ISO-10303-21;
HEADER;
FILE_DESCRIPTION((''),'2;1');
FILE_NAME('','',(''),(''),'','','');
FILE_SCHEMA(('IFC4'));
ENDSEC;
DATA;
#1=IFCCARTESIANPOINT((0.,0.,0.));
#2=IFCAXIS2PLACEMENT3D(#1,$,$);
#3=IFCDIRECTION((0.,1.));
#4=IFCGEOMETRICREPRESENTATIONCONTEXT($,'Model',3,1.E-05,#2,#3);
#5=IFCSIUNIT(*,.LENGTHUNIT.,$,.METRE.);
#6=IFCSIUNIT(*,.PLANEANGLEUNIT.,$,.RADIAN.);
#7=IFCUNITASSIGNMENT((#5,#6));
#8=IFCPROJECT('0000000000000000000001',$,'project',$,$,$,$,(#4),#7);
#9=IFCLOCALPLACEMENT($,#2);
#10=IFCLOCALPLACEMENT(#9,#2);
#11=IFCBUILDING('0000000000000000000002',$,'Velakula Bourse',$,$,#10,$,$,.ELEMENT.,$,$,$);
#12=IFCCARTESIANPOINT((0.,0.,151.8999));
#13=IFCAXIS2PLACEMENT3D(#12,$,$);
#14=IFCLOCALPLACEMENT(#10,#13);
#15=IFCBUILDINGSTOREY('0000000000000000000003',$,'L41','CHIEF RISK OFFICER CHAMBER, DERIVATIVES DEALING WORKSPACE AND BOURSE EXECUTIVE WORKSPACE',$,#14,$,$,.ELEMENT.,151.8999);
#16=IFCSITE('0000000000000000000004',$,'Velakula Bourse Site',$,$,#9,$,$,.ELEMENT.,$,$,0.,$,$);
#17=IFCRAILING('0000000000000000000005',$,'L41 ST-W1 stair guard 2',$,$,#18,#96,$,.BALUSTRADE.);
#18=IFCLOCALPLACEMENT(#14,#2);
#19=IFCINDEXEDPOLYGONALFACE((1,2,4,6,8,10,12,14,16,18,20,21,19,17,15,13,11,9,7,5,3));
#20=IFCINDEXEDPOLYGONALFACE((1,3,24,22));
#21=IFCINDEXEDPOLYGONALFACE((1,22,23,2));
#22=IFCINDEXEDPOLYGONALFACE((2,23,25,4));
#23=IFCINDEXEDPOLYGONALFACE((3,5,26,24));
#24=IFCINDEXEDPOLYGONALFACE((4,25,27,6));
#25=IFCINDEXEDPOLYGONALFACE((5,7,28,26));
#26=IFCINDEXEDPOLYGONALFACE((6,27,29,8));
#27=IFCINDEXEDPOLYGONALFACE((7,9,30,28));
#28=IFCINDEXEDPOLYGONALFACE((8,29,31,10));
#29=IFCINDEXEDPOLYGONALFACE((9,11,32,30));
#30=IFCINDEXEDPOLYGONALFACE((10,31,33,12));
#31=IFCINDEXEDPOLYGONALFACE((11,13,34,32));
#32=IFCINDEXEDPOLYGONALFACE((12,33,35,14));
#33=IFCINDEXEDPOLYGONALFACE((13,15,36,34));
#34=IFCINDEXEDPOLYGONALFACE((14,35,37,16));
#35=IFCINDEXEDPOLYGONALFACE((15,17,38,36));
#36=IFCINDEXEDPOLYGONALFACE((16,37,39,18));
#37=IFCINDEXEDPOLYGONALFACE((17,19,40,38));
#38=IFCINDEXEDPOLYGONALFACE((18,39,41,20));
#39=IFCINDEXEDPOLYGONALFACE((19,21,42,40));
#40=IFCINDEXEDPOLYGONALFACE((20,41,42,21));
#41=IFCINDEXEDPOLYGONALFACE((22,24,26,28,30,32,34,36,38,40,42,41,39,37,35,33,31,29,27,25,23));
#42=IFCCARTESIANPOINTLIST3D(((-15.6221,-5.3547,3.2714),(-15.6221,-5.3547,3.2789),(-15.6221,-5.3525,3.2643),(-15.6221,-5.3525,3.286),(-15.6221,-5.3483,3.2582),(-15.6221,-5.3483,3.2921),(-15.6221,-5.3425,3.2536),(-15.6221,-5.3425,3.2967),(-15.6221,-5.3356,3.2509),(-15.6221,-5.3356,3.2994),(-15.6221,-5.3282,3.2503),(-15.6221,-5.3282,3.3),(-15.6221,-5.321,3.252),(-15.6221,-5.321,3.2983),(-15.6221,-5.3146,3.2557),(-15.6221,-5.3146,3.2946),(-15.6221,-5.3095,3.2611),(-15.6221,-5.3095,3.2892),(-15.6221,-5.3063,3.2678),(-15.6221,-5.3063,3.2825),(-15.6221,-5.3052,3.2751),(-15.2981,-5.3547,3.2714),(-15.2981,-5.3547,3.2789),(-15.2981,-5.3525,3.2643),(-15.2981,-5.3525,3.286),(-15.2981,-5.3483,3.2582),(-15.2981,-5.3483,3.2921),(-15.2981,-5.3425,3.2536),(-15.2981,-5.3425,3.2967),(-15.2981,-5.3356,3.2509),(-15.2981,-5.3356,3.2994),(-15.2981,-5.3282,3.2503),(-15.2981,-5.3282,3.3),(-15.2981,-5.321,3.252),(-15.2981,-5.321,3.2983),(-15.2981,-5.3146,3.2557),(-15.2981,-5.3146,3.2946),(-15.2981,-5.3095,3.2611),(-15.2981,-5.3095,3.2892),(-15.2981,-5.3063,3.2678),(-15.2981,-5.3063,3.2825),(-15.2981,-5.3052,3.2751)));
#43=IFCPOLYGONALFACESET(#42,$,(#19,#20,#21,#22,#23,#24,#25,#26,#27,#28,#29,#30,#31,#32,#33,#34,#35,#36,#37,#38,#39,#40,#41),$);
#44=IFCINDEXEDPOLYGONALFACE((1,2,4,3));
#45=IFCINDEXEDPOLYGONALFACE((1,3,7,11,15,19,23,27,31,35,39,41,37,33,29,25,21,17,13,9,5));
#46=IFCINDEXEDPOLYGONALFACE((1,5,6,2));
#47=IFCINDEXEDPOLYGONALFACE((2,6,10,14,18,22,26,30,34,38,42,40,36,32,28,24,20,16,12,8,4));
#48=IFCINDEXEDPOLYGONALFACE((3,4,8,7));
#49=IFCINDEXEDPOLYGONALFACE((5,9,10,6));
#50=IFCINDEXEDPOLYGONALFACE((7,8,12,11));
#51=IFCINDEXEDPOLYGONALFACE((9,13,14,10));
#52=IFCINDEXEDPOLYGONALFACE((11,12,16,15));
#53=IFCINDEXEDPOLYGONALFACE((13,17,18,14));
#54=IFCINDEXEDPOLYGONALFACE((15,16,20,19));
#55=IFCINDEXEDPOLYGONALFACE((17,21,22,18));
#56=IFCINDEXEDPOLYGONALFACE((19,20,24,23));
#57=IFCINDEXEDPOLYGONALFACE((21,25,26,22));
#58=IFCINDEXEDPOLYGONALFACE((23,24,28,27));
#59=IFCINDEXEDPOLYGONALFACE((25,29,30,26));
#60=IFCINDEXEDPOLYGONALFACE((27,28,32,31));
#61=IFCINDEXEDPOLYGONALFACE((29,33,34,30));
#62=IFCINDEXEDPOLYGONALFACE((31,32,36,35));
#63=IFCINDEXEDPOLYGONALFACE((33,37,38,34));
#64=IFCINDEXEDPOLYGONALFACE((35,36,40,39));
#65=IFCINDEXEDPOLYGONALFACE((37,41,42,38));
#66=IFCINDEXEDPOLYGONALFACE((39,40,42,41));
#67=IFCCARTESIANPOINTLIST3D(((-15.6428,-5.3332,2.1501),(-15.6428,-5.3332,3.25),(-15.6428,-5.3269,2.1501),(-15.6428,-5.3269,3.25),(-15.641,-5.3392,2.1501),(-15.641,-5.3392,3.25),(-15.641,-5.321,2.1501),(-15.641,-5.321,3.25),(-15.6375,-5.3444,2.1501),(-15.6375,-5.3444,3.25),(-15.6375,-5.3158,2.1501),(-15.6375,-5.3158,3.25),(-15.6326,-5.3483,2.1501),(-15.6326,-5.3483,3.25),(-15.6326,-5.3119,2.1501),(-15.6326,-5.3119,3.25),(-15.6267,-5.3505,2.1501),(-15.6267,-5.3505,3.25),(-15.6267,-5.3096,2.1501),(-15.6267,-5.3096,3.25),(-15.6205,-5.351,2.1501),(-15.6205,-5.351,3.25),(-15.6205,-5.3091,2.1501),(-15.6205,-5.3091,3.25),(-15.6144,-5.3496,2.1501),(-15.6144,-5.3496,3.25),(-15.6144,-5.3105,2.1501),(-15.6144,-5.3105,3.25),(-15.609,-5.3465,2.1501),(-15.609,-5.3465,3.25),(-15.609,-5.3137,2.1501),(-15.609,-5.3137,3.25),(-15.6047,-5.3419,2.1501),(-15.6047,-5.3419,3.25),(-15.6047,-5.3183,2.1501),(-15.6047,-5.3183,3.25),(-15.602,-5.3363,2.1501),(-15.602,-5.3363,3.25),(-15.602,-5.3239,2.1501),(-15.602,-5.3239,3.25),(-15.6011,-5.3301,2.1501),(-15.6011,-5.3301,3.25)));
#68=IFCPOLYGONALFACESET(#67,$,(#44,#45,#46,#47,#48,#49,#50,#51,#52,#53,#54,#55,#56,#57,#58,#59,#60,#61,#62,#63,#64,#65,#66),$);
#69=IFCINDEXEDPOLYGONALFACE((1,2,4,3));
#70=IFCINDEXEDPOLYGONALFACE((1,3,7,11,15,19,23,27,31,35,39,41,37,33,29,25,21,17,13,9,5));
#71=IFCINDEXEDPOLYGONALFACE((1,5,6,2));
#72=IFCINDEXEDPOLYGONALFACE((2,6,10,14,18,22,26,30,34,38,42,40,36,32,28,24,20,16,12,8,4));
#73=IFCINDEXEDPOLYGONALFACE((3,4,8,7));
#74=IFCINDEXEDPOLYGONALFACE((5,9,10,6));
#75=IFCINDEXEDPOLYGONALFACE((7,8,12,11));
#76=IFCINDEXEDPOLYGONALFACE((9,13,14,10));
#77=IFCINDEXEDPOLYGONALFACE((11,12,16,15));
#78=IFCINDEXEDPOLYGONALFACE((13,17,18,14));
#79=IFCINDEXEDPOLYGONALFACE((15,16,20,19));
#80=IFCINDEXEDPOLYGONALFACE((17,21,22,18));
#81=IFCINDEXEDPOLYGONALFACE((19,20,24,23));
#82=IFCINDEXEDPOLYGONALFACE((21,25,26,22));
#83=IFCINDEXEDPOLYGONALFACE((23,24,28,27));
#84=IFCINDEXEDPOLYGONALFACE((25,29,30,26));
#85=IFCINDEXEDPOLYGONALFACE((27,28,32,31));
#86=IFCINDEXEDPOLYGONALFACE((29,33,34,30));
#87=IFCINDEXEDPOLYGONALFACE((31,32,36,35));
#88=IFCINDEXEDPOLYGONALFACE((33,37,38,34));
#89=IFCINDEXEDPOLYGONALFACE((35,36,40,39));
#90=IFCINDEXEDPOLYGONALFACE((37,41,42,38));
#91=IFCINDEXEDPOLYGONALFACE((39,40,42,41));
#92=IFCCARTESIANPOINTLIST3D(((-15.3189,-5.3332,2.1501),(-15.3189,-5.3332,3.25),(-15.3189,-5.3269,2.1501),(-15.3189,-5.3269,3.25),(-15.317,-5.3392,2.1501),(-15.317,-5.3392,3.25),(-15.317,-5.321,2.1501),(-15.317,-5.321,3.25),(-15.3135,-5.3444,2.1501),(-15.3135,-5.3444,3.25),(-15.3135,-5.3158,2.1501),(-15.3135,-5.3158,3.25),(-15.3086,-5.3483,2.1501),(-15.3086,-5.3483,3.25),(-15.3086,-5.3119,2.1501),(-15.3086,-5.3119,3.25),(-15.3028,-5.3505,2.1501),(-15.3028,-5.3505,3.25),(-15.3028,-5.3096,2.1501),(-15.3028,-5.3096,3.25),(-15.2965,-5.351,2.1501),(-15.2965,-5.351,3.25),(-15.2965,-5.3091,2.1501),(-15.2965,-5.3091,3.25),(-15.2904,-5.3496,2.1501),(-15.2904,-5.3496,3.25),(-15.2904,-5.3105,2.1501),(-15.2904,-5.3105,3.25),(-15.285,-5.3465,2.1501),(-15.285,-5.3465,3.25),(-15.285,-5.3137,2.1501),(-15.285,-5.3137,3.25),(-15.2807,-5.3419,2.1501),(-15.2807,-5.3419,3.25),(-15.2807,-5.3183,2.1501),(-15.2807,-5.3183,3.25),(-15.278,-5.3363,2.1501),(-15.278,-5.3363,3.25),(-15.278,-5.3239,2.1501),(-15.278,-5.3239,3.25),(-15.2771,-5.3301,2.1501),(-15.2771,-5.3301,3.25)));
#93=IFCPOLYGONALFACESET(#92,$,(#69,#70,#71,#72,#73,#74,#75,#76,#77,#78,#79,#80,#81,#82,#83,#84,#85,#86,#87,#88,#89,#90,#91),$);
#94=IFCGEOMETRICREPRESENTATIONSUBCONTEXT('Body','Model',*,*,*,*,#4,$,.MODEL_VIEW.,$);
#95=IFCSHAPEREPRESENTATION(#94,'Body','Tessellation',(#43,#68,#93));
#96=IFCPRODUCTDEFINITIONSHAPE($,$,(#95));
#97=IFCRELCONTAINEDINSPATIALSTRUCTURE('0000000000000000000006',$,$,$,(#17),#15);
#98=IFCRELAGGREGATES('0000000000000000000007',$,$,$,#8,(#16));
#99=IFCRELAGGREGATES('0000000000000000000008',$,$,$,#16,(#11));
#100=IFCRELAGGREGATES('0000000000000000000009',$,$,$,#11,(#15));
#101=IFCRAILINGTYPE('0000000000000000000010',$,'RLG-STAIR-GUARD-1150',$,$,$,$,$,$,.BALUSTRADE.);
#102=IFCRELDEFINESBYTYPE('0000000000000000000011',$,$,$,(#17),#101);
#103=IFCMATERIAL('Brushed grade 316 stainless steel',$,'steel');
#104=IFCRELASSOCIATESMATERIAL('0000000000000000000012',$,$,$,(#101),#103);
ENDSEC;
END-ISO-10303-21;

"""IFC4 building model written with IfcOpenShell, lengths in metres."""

from ifc_helpers import new_model, si_unit, direction, frame, origin, origin_2d, place, context, subcontext, project, spatial, circle, extrude, material, type_object, element, save


model = new_model("IFC4")

# Units and contexts
model_context = context("Model", 3, precision=1e-05, world=origin(), true_north=direction((0.0, 1.0)))
body_context = subcontext(model_context, "Body", "Model", "MODEL_VIEW")
ifc_project = project(units=[si_unit("LENGTHUNIT", "METRE"), si_unit("PLANEANGLEUNIT", "RADIAN")], contexts=[model_context])

# Site, building, storey
site_placement = place(None, origin())
site = spatial("IfcSite", under=ifc_project, at=site_placement, Name="Velakula Bourse Site", CompositionType="ELEMENT", RefElevation=0.0)
building_placement = place(site_placement, origin())
building = spatial("IfcBuilding", under=site, at=building_placement, Name="Velakula Bourse", CompositionType="ELEMENT")
storey_placement = place(building_placement, frame((0.0, 0.0, 151.8999)))
storey = spatial("IfcBuildingStorey", under=building, at=storey_placement, Name="L41", Description="CHIEF RISK OFFICER CHAMBER, DERIVATIVES DEALING WORKSPACE AND BOURSE EXECUTIVE WORKSPACE", CompositionType="ELEMENT", Elevation=151.8999)

# Shared definitions
ifc_material_1 = material(Name="Brushed grade 316 stainless steel", Category="steel")

# Railing
railing_type_1 = type_object("IfcRailingType", Name="RLG-STAIR-GUARD-1150", PredefinedType="BALUSTRADE", material=ifc_material_1)
railing_1_placement = place(storey_placement, frame((-15.6221, -5.3301, 2.1501)))
element("IfcRailing", 1, at=railing_1_placement, inside=storey, type_object=railing_type_1, Name="L41 ST-W1 stair guard 2", PredefinedType="BALUSTRADE", context=body_context, shape_type="SweptSolid", body=[
    extrude(circle(Radius=0.0249, at=origin_2d()), frame((0.0, 0.0, 1.125), z_axis=(1.0, 0.0, 0.0), x_axis=(0.0, 1.0, 0.0)), (0.0, 0.0, 1.0), 0.324),
    extrude(circle(Radius=0.021, at=origin_2d()), origin(), (0.0, 0.0, 1.0), 1.0999),
    extrude(circle(Radius=0.021, at=origin_2d()), frame((0.324, 0.0, 0.0)), (0.0, 0.0, 1.0), 1.0999),
])

save(model, "model.ifc")
